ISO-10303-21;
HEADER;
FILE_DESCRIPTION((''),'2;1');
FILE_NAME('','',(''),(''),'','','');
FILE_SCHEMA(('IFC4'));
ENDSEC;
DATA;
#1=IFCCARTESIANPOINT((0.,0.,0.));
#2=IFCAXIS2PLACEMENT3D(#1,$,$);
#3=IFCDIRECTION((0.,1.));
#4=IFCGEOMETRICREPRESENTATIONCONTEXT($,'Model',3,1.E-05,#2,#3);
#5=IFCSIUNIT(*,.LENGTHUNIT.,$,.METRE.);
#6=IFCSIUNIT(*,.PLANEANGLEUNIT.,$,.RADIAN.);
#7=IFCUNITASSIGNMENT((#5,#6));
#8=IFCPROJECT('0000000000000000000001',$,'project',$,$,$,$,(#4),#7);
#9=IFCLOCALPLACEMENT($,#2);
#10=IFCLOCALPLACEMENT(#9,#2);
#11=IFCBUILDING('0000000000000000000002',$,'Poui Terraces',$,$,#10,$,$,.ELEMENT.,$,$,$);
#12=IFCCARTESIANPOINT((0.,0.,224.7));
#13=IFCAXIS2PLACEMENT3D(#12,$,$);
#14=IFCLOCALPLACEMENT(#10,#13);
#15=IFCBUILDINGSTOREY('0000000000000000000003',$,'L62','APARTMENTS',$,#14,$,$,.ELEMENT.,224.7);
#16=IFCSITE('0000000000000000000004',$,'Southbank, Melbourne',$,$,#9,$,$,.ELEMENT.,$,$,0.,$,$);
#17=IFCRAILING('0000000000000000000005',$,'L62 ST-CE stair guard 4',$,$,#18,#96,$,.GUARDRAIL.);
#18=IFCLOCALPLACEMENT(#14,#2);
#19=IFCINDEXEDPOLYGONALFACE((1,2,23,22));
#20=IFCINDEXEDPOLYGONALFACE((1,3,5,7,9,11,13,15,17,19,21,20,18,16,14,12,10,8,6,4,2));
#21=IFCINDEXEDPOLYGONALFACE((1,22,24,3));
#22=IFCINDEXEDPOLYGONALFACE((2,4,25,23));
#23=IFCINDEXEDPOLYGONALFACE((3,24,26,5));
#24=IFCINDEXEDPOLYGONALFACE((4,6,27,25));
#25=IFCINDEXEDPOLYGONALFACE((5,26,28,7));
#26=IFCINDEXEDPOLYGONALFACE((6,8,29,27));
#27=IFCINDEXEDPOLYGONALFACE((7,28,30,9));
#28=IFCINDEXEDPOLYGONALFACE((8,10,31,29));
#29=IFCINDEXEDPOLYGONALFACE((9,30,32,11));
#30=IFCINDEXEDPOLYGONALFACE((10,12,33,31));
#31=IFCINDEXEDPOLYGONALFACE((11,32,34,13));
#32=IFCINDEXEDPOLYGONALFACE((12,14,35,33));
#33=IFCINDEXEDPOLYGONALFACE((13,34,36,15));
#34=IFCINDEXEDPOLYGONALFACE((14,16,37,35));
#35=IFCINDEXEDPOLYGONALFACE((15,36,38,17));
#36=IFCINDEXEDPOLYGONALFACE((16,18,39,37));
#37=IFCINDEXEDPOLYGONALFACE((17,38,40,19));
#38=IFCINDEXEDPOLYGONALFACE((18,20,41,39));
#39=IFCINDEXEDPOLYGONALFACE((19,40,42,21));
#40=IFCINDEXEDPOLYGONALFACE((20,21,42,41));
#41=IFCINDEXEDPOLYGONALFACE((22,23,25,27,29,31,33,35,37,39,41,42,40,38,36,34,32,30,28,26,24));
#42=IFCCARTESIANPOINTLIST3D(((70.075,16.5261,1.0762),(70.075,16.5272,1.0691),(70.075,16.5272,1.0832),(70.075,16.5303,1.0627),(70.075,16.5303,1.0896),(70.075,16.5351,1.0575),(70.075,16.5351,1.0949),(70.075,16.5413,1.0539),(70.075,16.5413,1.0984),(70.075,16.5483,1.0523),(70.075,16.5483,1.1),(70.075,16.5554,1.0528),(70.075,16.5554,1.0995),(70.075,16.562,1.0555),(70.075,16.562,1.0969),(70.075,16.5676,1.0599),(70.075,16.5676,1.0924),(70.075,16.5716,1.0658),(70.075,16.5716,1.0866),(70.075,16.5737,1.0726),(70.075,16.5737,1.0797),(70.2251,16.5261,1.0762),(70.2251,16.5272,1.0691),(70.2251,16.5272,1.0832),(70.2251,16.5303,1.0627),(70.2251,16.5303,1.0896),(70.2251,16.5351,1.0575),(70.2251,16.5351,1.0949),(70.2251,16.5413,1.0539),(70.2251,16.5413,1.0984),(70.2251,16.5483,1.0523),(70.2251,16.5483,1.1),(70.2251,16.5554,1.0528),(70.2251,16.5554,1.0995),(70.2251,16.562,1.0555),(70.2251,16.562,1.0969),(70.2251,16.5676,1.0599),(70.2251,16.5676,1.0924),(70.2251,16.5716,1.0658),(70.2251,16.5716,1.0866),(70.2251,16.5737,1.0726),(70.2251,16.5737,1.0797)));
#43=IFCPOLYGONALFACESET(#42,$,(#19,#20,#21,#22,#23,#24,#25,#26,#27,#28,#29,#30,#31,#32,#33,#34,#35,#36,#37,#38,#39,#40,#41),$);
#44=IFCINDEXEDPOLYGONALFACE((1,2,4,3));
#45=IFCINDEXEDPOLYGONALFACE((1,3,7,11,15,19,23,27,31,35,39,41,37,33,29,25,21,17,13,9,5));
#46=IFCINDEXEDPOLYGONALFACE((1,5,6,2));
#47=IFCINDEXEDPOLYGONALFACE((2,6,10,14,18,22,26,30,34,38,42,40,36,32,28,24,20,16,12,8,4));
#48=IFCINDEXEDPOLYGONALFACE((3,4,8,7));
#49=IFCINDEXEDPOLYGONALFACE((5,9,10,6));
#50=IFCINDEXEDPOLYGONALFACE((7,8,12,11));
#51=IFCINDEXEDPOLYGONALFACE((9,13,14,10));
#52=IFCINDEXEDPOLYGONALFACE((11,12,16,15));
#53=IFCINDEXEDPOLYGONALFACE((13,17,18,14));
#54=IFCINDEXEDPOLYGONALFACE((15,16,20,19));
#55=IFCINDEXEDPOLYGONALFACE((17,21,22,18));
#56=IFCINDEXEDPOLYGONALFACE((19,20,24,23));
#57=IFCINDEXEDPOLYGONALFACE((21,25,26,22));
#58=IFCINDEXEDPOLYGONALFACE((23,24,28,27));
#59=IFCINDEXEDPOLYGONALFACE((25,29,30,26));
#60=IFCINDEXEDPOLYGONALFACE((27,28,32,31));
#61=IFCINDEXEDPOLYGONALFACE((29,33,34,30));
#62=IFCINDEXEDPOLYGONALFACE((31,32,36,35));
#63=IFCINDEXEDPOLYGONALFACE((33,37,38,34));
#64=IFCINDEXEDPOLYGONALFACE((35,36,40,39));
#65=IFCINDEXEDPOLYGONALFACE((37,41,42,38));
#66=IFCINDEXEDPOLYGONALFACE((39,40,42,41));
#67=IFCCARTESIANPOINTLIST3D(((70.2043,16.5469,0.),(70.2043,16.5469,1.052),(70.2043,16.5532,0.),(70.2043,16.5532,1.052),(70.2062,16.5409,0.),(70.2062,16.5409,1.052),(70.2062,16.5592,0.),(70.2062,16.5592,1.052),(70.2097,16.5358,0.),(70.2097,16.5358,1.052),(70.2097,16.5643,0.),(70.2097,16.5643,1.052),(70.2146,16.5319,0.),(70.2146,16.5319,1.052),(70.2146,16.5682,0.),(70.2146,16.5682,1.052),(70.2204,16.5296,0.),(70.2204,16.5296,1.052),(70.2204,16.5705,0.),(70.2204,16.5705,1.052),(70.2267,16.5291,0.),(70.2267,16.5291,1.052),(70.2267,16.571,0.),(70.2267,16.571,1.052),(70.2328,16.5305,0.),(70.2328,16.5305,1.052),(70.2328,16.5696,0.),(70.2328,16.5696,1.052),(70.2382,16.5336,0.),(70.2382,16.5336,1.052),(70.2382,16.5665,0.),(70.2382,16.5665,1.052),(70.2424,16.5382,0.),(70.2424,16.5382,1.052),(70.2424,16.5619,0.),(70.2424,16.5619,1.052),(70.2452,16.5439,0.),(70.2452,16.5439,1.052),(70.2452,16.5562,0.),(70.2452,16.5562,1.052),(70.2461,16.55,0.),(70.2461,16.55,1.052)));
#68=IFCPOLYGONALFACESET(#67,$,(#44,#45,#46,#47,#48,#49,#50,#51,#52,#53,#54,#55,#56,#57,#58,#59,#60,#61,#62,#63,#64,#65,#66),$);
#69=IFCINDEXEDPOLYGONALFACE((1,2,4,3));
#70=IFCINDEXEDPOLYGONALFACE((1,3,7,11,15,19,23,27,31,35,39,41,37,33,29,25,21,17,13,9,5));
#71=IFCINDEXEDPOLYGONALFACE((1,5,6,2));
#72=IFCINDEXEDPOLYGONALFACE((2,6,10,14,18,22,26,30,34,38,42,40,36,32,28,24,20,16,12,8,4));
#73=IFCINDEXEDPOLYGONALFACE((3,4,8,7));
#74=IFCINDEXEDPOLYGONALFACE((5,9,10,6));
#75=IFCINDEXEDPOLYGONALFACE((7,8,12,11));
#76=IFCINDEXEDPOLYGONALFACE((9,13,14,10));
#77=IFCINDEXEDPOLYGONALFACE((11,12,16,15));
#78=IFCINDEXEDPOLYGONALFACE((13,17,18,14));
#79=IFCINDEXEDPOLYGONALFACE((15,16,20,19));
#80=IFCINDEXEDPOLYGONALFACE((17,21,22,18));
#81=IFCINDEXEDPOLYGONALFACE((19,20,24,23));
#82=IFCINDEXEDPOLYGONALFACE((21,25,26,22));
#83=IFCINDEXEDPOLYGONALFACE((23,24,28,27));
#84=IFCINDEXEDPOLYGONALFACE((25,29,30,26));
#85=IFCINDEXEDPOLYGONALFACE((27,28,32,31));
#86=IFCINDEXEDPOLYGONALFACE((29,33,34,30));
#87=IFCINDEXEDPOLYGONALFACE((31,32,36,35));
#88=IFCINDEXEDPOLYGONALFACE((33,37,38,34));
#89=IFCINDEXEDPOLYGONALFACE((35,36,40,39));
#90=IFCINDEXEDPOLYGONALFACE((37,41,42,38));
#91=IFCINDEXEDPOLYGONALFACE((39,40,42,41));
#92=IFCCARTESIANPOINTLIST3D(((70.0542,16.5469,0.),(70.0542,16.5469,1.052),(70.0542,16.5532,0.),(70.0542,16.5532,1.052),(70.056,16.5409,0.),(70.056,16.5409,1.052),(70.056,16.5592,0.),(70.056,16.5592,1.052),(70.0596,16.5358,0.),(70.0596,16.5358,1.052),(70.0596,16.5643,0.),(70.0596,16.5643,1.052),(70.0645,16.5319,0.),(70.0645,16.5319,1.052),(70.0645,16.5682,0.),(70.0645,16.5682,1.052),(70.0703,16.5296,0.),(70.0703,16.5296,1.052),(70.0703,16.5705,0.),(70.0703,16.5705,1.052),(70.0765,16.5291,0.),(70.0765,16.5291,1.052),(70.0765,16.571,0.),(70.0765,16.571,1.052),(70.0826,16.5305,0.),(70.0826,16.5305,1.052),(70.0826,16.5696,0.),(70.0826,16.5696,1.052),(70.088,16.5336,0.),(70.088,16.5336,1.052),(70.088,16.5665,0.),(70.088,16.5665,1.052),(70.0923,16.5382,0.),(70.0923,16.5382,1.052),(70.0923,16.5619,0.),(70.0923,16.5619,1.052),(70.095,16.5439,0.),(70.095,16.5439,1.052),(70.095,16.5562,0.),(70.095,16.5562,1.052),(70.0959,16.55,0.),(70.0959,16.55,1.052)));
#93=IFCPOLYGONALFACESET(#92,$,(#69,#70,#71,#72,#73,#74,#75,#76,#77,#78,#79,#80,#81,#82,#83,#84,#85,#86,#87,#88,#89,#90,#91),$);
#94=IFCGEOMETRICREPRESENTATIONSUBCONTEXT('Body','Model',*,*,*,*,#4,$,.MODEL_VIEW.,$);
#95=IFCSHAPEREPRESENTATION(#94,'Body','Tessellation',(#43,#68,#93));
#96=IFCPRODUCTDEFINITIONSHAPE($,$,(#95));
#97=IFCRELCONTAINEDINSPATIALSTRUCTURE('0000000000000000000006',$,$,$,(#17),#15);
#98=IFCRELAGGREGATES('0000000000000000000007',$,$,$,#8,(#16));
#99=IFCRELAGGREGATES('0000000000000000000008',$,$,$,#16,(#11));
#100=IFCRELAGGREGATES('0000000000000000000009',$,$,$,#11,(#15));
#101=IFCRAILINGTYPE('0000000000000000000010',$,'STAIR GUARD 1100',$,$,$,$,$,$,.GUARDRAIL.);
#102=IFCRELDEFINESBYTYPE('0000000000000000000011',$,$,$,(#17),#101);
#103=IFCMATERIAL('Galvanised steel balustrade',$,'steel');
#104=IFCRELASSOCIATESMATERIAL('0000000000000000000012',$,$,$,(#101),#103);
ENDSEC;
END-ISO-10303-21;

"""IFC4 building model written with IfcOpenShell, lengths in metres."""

from ifc_helpers import new_model, si_unit, direction, frame, origin, origin_2d, place, context, subcontext, project, spatial, circle, extrude, material, type_object, element, save


model = new_model("IFC4")

# Units and contexts
model_context = context("Model", 3, precision=1e-05, world=origin(), true_north=direction((0.0, 1.0)))
body_context = subcontext(model_context, "Body", "Model", "MODEL_VIEW")
ifc_project = project(units=[si_unit("LENGTHUNIT", "METRE"), si_unit("PLANEANGLEUNIT", "RADIAN")], contexts=[model_context])

# Site, building, storey
site_placement = place(None, origin())
site = spatial("IfcSite", under=ifc_project, at=site_placement, Name="Southbank, Melbourne", CompositionType="ELEMENT", RefElevation=0.0)
building_placement = place(site_placement, origin())
building = spatial("IfcBuilding", under=site, at=building_placement, Name="Poui Terraces", CompositionType="ELEMENT")
storey_placement = place(building_placement, frame((0.0, 0.0, 224.7)))
storey = spatial("IfcBuildingStorey", under=building, at=storey_placement, Name="L62", Description="APARTMENTS", CompositionType="ELEMENT", Elevation=224.7)

# Railing
ifc_material_1 = material(Name="Galvanised steel balustrade", Category="steel")
railing_type_1 = type_object("IfcRailingType", Name="STAIR GUARD 1100", PredefinedType="GUARDRAIL", material=ifc_material_1)
railing_1_placement = place(storey_placement, frame((70.2251, 16.55, 0.0)))
element("IfcRailing", 1, at=railing_1_placement, inside=storey, type_object=railing_type_1, Name="L62 ST-CE stair guard 4", PredefinedType="GUARDRAIL", context=body_context, shape_type="SweptSolid", body=[
    extrude(circle(Radius=0.0239, at=origin_2d()), frame((0.0, 0.0, 1.0762), z_axis=(-1.0, 0.0, 0.0), x_axis=(0.0, -1.0, 0.0)), (0.0, 0.0, 1.0), 0.1501),
    extrude(circle(Radius=0.021, at=origin_2d()), origin(), (0.0, 0.0, 1.0), 1.052),
    extrude(circle(Radius=0.021, at=origin_2d()), frame((-0.1501, 0.0, 0.0)), (0.0, 0.0, 1.0), 1.052),
])

save(model, "model.ifc")
